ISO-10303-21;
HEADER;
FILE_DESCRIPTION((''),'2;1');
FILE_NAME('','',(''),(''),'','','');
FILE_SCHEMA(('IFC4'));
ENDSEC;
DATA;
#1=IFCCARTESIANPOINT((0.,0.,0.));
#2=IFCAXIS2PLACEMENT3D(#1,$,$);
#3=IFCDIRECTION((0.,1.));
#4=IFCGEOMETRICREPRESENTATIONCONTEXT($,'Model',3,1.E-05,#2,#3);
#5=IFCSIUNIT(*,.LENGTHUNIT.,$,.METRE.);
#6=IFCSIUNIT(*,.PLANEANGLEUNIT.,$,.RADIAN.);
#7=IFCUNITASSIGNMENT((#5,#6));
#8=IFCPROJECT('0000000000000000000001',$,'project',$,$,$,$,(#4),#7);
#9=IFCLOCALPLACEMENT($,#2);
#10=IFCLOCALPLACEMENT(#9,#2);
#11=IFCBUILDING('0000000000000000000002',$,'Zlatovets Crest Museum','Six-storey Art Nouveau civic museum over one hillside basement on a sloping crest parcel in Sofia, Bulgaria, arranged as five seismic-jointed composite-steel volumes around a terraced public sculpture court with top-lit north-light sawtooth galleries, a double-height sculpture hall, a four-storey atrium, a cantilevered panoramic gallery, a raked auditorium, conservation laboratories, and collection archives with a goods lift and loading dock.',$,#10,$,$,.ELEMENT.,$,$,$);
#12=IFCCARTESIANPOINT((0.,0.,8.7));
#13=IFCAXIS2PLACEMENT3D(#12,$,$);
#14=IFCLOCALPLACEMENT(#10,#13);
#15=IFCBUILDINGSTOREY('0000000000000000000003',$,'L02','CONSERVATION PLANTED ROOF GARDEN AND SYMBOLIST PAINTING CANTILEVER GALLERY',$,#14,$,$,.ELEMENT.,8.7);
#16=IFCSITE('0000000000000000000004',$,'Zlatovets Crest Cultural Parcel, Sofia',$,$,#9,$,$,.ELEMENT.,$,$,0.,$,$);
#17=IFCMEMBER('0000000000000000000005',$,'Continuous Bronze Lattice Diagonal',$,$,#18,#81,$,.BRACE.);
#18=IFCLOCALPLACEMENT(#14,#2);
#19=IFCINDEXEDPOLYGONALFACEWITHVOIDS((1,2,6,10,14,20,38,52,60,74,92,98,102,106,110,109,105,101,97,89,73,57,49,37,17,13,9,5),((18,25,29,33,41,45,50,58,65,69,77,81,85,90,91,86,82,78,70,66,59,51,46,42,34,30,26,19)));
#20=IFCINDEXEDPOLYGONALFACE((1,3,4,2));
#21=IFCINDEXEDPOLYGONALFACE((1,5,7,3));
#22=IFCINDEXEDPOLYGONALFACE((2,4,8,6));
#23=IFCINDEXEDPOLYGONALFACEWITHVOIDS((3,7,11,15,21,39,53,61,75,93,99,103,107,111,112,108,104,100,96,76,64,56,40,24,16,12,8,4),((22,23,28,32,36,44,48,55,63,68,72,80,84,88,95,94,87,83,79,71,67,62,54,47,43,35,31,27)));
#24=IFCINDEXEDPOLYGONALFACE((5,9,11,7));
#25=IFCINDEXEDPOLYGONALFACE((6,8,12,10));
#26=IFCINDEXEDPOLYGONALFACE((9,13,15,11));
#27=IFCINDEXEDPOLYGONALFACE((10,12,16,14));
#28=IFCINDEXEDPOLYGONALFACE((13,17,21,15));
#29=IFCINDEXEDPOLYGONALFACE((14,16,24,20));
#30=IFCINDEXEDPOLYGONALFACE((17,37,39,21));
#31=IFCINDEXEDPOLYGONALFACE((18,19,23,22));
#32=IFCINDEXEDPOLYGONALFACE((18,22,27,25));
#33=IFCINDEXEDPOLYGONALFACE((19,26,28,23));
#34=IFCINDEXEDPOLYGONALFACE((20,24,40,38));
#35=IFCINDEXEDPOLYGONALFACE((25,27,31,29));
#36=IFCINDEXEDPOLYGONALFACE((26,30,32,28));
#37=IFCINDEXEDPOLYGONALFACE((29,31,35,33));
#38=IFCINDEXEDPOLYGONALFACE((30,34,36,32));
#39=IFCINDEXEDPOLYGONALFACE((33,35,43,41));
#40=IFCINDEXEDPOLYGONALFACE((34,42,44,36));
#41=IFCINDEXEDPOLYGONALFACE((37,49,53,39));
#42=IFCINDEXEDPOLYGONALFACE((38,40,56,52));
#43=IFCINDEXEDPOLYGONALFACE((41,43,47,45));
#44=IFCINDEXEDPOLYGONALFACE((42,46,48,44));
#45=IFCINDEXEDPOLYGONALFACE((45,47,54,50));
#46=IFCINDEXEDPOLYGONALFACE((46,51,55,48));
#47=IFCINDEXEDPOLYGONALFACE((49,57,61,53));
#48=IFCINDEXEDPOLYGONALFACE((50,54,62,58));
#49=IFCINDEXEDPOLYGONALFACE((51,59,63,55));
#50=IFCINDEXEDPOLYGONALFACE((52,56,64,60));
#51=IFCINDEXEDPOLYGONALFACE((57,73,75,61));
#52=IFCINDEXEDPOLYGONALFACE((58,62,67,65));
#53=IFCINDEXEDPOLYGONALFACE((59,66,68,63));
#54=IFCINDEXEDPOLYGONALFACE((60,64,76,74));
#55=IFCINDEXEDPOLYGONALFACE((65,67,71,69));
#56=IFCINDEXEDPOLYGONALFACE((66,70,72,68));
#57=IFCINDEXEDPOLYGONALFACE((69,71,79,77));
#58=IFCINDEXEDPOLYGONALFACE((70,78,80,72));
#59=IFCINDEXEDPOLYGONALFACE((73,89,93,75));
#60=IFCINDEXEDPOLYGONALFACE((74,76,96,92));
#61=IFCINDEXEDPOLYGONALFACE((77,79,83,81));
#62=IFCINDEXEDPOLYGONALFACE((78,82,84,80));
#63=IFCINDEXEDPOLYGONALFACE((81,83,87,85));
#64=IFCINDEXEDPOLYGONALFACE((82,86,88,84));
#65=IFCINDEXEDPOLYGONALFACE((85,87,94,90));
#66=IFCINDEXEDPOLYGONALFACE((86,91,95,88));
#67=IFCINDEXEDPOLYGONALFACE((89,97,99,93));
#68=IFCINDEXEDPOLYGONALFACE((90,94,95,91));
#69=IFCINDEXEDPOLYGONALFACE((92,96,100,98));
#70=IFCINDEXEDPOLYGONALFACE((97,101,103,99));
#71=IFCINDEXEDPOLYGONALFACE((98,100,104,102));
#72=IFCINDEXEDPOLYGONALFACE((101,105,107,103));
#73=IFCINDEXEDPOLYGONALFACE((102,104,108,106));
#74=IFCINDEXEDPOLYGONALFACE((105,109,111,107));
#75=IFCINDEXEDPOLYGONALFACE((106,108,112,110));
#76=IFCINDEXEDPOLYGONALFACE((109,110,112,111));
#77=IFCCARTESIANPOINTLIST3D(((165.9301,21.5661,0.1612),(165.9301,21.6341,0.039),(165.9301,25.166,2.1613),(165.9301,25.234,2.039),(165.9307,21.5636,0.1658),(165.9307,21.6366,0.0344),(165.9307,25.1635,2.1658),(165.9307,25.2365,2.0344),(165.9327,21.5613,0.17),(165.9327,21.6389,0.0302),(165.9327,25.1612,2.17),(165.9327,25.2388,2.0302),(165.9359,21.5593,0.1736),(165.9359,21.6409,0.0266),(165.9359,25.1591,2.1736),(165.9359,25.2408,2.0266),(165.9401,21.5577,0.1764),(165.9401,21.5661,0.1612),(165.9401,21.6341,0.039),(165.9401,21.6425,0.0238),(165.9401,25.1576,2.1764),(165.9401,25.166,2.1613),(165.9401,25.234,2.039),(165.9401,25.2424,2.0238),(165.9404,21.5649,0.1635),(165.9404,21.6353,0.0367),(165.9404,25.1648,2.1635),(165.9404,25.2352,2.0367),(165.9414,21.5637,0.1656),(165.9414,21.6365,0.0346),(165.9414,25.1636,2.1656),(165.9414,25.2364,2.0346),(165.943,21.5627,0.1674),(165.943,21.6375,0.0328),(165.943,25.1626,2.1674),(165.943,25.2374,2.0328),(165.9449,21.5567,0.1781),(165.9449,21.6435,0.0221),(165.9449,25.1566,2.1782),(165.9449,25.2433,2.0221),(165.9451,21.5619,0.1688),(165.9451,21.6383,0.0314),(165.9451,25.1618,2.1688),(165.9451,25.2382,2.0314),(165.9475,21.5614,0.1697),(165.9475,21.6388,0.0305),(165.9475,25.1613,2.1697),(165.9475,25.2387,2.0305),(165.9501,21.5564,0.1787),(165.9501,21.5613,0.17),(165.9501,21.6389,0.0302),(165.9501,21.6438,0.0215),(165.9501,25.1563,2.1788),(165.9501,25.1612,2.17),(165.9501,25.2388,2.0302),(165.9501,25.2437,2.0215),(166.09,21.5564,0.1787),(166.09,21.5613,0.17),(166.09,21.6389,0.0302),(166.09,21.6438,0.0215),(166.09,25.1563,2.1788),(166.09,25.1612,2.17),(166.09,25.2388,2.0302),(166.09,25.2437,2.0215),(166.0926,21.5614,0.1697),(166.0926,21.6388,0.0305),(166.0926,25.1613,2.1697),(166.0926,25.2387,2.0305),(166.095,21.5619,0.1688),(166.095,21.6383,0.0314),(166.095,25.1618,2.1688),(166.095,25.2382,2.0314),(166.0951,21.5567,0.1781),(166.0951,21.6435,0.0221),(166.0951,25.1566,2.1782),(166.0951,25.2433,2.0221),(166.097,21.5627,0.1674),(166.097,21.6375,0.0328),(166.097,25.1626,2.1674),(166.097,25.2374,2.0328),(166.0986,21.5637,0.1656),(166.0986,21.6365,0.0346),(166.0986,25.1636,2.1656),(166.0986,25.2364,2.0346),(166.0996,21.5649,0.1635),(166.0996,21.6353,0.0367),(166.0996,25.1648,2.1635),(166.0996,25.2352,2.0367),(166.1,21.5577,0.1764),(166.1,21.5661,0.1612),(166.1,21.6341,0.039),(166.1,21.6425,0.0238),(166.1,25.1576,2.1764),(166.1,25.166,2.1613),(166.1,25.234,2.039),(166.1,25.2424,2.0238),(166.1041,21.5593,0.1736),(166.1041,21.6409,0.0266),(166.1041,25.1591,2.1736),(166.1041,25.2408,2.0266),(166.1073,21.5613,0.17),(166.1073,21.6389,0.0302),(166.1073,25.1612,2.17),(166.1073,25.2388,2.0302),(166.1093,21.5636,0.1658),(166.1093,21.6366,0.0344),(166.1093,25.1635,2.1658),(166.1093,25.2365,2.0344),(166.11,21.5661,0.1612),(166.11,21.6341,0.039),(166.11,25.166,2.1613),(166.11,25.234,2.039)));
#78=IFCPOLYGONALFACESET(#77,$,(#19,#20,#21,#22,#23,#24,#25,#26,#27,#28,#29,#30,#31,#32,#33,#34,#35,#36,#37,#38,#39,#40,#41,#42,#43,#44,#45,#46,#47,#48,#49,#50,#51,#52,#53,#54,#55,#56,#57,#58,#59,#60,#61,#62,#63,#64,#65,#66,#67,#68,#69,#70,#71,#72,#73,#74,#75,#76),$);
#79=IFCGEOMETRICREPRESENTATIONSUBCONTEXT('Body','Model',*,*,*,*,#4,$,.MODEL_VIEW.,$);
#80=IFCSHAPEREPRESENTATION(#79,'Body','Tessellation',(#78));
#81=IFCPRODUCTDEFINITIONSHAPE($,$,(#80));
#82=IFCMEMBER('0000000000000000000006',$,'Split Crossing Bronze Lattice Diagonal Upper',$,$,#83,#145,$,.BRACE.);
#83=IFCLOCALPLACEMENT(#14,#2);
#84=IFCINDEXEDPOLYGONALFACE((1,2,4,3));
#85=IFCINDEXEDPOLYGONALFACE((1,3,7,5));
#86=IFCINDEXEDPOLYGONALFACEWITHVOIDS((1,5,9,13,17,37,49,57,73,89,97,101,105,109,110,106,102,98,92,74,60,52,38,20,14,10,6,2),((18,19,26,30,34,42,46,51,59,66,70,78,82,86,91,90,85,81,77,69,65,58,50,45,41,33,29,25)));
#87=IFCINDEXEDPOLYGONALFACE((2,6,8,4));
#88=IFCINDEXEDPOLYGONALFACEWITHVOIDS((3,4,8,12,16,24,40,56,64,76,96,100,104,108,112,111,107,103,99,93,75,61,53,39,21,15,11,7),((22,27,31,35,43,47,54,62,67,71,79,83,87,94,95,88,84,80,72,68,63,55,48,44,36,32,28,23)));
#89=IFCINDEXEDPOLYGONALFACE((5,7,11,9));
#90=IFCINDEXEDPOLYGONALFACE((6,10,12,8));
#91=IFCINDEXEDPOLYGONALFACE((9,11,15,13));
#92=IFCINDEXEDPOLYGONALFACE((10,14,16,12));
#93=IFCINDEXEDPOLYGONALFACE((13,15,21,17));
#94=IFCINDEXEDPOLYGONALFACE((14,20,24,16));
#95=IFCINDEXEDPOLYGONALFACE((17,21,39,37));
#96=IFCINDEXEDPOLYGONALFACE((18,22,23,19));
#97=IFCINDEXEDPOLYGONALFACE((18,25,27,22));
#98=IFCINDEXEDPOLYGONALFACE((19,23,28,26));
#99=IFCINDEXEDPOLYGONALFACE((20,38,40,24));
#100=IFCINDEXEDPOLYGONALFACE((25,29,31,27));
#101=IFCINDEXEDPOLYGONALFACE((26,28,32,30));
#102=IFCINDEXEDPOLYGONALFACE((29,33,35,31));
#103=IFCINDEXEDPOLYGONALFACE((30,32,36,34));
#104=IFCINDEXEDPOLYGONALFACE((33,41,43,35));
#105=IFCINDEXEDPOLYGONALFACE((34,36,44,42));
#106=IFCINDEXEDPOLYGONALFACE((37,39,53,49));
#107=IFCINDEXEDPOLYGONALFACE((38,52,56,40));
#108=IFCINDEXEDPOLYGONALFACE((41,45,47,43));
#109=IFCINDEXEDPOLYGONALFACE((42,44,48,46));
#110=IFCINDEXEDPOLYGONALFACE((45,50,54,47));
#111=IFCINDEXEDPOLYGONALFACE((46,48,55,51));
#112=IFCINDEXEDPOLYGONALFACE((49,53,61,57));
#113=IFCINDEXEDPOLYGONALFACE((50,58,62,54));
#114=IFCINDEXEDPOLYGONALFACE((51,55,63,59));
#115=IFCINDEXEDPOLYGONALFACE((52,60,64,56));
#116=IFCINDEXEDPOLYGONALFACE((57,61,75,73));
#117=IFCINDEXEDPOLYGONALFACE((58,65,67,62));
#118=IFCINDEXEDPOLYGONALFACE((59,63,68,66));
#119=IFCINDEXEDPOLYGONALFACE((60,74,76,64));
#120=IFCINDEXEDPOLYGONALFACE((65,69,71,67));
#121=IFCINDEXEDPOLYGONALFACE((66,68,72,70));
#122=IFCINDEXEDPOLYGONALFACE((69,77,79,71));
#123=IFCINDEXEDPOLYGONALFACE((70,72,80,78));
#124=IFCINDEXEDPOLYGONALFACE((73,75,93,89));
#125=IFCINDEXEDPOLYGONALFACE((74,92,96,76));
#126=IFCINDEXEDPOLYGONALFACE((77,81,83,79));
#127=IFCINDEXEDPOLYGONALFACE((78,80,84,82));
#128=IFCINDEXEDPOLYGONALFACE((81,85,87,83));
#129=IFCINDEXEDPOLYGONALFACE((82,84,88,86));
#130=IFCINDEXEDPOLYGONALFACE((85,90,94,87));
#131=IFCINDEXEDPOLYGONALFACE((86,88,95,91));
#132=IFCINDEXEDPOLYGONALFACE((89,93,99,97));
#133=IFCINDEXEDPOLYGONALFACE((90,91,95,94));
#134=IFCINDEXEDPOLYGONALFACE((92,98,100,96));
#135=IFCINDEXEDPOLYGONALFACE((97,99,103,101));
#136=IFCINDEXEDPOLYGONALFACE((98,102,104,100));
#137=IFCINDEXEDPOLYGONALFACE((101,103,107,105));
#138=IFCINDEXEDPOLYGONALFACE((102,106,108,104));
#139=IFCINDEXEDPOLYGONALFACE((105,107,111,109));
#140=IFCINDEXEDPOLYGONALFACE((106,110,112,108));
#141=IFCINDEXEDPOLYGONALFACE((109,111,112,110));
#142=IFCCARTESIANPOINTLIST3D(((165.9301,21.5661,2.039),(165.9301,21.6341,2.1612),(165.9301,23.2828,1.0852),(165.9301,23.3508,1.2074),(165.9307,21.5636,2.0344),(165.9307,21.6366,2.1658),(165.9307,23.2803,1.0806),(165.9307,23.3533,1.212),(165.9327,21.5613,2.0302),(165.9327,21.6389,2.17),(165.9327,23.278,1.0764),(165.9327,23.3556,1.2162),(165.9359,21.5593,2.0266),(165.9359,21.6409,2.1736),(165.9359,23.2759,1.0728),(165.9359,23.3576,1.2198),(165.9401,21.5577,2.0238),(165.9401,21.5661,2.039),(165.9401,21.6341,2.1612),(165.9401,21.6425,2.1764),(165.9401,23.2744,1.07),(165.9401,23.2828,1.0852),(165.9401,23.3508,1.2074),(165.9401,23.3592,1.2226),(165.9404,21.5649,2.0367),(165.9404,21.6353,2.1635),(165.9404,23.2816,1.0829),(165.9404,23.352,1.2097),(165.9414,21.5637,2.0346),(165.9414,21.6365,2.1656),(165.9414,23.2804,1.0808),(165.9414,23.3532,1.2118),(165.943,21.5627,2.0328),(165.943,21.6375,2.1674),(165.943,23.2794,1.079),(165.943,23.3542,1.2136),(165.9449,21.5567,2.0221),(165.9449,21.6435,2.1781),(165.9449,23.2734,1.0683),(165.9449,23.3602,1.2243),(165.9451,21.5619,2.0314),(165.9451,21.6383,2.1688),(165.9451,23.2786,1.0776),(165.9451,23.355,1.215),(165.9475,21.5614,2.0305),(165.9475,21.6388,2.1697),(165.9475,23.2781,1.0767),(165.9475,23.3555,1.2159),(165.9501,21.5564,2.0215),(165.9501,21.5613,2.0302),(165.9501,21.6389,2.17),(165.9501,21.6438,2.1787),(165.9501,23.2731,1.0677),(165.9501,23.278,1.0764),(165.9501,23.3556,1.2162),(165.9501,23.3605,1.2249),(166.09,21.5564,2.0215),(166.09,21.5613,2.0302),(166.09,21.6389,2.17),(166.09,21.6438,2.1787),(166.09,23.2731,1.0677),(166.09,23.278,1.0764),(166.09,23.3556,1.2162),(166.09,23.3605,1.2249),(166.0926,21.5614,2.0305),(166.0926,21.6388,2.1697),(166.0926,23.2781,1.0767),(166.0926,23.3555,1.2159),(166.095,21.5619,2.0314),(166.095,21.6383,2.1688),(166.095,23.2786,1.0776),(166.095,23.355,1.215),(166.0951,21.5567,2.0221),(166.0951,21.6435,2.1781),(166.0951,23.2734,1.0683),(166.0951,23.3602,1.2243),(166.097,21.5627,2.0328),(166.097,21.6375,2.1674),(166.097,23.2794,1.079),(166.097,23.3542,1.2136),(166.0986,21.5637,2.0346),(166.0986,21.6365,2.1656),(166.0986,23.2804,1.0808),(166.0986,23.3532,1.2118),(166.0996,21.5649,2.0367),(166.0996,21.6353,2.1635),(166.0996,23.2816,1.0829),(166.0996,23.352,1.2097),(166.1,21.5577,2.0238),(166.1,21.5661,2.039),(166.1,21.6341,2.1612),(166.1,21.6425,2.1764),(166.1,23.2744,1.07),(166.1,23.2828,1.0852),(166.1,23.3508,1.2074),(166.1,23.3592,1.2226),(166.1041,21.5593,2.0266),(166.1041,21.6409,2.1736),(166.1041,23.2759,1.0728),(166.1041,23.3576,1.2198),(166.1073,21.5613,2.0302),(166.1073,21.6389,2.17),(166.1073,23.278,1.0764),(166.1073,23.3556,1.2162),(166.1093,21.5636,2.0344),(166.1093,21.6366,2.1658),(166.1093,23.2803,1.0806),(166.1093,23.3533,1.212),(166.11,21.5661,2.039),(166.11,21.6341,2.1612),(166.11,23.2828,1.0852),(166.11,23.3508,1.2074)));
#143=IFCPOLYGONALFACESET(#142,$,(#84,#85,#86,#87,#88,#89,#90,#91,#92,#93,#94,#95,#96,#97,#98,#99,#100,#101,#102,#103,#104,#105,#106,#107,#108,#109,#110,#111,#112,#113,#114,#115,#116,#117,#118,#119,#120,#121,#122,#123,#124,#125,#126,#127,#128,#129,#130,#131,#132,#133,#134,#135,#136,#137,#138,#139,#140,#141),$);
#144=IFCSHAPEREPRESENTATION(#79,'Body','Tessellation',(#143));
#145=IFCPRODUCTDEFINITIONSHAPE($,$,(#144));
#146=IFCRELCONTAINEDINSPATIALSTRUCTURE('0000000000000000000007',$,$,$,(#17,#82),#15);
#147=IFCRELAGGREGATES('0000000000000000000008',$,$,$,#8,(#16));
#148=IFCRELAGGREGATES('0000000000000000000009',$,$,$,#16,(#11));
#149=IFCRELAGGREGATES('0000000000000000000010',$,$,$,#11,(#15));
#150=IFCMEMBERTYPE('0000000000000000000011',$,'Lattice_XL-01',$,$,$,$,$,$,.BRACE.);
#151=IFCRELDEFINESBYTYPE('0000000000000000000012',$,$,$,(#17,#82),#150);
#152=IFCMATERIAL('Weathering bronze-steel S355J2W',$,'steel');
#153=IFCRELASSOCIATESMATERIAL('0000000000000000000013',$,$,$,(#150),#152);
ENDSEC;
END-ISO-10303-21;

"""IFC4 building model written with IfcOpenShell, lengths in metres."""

from ifc_helpers import new_model, si_unit, direction, frame, origin, origin_2d, place, context, subcontext, project, spatial, hollow_rectangle, extrude, material, material_profile, profile_set, type_object, element, save


model = new_model("IFC4")

# Units and contexts
model_context = context("Model", 3, precision=1e-05, world=origin(), true_north=direction((0.0, 1.0)))
body_context = subcontext(model_context, "Body", "Model", "MODEL_VIEW")
ifc_project = project(units=[si_unit("LENGTHUNIT", "METRE"), si_unit("PLANEANGLEUNIT", "RADIAN")], contexts=[model_context])

# Site, building, storey
site_placement = place(None, origin())
site = spatial("IfcSite", under=ifc_project, at=site_placement, Name="Zlatovets Crest Cultural Parcel, Sofia", CompositionType="ELEMENT", RefElevation=0.0)
building_placement = place(site_placement, origin())
building = spatial("IfcBuilding", under=site, at=building_placement, Name="Zlatovets Crest Museum", Description="Six-storey Art Nouveau civic museum over one hillside basement on a sloping crest parcel in Sofia, Bulgaria, arranged as five seismic-jointed composite-steel volumes around a terraced public sculpture court with top-lit north-light sawtooth galleries, a double-height sculpture hall, a four-storey atrium, a cantilevered panoramic gallery, a raked auditorium, conservation laboratories, and collection archives with a goods lift and loading dock.", CompositionType="ELEMENT")
storey_placement = place(building_placement, frame((0.0, 0.0, 8.7)))
storey = spatial("IfcBuildingStorey", under=building, at=storey_placement, Name="L02", Description="CONSERVATION PLANTED ROOF GARDEN AND SYMBOLIST PAINTING CANTILEVER GALLERY", CompositionType="ELEMENT", Elevation=8.7)

# Members
ifc_material_1 = material(Name="Weathering bronze-steel S355J2W", Category="steel")
ifc_material_profile_1 = material_profile(ifc_material_1, hollow_rectangle(XDim=0.1799, YDim=0.1799, WallThickness=0.01, InnerFilletRadius=0.01, OuterFilletRadius=0.02, at=origin_2d()), Name="SHS 180x180x10.0")
ifc_profile_set_1 = profile_set([ifc_material_profile_1], Name="Weathering bronze-steel S355J2W")
member_type_1 = type_object("IfcMemberType", Name="Lattice_XL-01", PredefinedType="BRACE", material=ifc_profile_set_1)
member_1_placement = place(storey_placement, frame((166.02, 21.6001, 0.1001), z_axis=(0.0, 0.874149, 0.485658), x_axis=(-1.0, 0.0, 0.0)))
element("IfcMember", 1, at=member_1_placement, inside=storey, type_object=member_type_1, Name="Continuous Bronze Lattice Diagonal", PredefinedType="BRACE", context=body_context, shape_type="SweptSolid", body=[
    extrude(hollow_rectangle(XDim=0.1799, YDim=0.1799, WallThickness=0.01, InnerFilletRadius=0.01, OuterFilletRadius=0.02, at=origin_2d()), origin(), (0.0, 0.0, 1.0), 4.1182),
])
member_2_placement = place(storey_placement, frame((166.02, 21.6001, 2.1001), z_axis=(0.0, 0.87414, -0.485675), x_axis=(-1.0, 0.0, 0.0)))
element("IfcMember", 2, at=member_2_placement, inside=storey, type_object=member_type_1, Name="Split Crossing Bronze Lattice Diagonal Upper", PredefinedType="BRACE", context=body_context, shape_type="SweptSolid", body=[
    extrude(hollow_rectangle(XDim=0.1799, YDim=0.1799, WallThickness=0.01, InnerFilletRadius=0.01, OuterFilletRadius=0.02, at=origin_2d()), origin(), (0.0, 0.0, 1.0), 1.9639),
])

save(model, "model.ifc")
